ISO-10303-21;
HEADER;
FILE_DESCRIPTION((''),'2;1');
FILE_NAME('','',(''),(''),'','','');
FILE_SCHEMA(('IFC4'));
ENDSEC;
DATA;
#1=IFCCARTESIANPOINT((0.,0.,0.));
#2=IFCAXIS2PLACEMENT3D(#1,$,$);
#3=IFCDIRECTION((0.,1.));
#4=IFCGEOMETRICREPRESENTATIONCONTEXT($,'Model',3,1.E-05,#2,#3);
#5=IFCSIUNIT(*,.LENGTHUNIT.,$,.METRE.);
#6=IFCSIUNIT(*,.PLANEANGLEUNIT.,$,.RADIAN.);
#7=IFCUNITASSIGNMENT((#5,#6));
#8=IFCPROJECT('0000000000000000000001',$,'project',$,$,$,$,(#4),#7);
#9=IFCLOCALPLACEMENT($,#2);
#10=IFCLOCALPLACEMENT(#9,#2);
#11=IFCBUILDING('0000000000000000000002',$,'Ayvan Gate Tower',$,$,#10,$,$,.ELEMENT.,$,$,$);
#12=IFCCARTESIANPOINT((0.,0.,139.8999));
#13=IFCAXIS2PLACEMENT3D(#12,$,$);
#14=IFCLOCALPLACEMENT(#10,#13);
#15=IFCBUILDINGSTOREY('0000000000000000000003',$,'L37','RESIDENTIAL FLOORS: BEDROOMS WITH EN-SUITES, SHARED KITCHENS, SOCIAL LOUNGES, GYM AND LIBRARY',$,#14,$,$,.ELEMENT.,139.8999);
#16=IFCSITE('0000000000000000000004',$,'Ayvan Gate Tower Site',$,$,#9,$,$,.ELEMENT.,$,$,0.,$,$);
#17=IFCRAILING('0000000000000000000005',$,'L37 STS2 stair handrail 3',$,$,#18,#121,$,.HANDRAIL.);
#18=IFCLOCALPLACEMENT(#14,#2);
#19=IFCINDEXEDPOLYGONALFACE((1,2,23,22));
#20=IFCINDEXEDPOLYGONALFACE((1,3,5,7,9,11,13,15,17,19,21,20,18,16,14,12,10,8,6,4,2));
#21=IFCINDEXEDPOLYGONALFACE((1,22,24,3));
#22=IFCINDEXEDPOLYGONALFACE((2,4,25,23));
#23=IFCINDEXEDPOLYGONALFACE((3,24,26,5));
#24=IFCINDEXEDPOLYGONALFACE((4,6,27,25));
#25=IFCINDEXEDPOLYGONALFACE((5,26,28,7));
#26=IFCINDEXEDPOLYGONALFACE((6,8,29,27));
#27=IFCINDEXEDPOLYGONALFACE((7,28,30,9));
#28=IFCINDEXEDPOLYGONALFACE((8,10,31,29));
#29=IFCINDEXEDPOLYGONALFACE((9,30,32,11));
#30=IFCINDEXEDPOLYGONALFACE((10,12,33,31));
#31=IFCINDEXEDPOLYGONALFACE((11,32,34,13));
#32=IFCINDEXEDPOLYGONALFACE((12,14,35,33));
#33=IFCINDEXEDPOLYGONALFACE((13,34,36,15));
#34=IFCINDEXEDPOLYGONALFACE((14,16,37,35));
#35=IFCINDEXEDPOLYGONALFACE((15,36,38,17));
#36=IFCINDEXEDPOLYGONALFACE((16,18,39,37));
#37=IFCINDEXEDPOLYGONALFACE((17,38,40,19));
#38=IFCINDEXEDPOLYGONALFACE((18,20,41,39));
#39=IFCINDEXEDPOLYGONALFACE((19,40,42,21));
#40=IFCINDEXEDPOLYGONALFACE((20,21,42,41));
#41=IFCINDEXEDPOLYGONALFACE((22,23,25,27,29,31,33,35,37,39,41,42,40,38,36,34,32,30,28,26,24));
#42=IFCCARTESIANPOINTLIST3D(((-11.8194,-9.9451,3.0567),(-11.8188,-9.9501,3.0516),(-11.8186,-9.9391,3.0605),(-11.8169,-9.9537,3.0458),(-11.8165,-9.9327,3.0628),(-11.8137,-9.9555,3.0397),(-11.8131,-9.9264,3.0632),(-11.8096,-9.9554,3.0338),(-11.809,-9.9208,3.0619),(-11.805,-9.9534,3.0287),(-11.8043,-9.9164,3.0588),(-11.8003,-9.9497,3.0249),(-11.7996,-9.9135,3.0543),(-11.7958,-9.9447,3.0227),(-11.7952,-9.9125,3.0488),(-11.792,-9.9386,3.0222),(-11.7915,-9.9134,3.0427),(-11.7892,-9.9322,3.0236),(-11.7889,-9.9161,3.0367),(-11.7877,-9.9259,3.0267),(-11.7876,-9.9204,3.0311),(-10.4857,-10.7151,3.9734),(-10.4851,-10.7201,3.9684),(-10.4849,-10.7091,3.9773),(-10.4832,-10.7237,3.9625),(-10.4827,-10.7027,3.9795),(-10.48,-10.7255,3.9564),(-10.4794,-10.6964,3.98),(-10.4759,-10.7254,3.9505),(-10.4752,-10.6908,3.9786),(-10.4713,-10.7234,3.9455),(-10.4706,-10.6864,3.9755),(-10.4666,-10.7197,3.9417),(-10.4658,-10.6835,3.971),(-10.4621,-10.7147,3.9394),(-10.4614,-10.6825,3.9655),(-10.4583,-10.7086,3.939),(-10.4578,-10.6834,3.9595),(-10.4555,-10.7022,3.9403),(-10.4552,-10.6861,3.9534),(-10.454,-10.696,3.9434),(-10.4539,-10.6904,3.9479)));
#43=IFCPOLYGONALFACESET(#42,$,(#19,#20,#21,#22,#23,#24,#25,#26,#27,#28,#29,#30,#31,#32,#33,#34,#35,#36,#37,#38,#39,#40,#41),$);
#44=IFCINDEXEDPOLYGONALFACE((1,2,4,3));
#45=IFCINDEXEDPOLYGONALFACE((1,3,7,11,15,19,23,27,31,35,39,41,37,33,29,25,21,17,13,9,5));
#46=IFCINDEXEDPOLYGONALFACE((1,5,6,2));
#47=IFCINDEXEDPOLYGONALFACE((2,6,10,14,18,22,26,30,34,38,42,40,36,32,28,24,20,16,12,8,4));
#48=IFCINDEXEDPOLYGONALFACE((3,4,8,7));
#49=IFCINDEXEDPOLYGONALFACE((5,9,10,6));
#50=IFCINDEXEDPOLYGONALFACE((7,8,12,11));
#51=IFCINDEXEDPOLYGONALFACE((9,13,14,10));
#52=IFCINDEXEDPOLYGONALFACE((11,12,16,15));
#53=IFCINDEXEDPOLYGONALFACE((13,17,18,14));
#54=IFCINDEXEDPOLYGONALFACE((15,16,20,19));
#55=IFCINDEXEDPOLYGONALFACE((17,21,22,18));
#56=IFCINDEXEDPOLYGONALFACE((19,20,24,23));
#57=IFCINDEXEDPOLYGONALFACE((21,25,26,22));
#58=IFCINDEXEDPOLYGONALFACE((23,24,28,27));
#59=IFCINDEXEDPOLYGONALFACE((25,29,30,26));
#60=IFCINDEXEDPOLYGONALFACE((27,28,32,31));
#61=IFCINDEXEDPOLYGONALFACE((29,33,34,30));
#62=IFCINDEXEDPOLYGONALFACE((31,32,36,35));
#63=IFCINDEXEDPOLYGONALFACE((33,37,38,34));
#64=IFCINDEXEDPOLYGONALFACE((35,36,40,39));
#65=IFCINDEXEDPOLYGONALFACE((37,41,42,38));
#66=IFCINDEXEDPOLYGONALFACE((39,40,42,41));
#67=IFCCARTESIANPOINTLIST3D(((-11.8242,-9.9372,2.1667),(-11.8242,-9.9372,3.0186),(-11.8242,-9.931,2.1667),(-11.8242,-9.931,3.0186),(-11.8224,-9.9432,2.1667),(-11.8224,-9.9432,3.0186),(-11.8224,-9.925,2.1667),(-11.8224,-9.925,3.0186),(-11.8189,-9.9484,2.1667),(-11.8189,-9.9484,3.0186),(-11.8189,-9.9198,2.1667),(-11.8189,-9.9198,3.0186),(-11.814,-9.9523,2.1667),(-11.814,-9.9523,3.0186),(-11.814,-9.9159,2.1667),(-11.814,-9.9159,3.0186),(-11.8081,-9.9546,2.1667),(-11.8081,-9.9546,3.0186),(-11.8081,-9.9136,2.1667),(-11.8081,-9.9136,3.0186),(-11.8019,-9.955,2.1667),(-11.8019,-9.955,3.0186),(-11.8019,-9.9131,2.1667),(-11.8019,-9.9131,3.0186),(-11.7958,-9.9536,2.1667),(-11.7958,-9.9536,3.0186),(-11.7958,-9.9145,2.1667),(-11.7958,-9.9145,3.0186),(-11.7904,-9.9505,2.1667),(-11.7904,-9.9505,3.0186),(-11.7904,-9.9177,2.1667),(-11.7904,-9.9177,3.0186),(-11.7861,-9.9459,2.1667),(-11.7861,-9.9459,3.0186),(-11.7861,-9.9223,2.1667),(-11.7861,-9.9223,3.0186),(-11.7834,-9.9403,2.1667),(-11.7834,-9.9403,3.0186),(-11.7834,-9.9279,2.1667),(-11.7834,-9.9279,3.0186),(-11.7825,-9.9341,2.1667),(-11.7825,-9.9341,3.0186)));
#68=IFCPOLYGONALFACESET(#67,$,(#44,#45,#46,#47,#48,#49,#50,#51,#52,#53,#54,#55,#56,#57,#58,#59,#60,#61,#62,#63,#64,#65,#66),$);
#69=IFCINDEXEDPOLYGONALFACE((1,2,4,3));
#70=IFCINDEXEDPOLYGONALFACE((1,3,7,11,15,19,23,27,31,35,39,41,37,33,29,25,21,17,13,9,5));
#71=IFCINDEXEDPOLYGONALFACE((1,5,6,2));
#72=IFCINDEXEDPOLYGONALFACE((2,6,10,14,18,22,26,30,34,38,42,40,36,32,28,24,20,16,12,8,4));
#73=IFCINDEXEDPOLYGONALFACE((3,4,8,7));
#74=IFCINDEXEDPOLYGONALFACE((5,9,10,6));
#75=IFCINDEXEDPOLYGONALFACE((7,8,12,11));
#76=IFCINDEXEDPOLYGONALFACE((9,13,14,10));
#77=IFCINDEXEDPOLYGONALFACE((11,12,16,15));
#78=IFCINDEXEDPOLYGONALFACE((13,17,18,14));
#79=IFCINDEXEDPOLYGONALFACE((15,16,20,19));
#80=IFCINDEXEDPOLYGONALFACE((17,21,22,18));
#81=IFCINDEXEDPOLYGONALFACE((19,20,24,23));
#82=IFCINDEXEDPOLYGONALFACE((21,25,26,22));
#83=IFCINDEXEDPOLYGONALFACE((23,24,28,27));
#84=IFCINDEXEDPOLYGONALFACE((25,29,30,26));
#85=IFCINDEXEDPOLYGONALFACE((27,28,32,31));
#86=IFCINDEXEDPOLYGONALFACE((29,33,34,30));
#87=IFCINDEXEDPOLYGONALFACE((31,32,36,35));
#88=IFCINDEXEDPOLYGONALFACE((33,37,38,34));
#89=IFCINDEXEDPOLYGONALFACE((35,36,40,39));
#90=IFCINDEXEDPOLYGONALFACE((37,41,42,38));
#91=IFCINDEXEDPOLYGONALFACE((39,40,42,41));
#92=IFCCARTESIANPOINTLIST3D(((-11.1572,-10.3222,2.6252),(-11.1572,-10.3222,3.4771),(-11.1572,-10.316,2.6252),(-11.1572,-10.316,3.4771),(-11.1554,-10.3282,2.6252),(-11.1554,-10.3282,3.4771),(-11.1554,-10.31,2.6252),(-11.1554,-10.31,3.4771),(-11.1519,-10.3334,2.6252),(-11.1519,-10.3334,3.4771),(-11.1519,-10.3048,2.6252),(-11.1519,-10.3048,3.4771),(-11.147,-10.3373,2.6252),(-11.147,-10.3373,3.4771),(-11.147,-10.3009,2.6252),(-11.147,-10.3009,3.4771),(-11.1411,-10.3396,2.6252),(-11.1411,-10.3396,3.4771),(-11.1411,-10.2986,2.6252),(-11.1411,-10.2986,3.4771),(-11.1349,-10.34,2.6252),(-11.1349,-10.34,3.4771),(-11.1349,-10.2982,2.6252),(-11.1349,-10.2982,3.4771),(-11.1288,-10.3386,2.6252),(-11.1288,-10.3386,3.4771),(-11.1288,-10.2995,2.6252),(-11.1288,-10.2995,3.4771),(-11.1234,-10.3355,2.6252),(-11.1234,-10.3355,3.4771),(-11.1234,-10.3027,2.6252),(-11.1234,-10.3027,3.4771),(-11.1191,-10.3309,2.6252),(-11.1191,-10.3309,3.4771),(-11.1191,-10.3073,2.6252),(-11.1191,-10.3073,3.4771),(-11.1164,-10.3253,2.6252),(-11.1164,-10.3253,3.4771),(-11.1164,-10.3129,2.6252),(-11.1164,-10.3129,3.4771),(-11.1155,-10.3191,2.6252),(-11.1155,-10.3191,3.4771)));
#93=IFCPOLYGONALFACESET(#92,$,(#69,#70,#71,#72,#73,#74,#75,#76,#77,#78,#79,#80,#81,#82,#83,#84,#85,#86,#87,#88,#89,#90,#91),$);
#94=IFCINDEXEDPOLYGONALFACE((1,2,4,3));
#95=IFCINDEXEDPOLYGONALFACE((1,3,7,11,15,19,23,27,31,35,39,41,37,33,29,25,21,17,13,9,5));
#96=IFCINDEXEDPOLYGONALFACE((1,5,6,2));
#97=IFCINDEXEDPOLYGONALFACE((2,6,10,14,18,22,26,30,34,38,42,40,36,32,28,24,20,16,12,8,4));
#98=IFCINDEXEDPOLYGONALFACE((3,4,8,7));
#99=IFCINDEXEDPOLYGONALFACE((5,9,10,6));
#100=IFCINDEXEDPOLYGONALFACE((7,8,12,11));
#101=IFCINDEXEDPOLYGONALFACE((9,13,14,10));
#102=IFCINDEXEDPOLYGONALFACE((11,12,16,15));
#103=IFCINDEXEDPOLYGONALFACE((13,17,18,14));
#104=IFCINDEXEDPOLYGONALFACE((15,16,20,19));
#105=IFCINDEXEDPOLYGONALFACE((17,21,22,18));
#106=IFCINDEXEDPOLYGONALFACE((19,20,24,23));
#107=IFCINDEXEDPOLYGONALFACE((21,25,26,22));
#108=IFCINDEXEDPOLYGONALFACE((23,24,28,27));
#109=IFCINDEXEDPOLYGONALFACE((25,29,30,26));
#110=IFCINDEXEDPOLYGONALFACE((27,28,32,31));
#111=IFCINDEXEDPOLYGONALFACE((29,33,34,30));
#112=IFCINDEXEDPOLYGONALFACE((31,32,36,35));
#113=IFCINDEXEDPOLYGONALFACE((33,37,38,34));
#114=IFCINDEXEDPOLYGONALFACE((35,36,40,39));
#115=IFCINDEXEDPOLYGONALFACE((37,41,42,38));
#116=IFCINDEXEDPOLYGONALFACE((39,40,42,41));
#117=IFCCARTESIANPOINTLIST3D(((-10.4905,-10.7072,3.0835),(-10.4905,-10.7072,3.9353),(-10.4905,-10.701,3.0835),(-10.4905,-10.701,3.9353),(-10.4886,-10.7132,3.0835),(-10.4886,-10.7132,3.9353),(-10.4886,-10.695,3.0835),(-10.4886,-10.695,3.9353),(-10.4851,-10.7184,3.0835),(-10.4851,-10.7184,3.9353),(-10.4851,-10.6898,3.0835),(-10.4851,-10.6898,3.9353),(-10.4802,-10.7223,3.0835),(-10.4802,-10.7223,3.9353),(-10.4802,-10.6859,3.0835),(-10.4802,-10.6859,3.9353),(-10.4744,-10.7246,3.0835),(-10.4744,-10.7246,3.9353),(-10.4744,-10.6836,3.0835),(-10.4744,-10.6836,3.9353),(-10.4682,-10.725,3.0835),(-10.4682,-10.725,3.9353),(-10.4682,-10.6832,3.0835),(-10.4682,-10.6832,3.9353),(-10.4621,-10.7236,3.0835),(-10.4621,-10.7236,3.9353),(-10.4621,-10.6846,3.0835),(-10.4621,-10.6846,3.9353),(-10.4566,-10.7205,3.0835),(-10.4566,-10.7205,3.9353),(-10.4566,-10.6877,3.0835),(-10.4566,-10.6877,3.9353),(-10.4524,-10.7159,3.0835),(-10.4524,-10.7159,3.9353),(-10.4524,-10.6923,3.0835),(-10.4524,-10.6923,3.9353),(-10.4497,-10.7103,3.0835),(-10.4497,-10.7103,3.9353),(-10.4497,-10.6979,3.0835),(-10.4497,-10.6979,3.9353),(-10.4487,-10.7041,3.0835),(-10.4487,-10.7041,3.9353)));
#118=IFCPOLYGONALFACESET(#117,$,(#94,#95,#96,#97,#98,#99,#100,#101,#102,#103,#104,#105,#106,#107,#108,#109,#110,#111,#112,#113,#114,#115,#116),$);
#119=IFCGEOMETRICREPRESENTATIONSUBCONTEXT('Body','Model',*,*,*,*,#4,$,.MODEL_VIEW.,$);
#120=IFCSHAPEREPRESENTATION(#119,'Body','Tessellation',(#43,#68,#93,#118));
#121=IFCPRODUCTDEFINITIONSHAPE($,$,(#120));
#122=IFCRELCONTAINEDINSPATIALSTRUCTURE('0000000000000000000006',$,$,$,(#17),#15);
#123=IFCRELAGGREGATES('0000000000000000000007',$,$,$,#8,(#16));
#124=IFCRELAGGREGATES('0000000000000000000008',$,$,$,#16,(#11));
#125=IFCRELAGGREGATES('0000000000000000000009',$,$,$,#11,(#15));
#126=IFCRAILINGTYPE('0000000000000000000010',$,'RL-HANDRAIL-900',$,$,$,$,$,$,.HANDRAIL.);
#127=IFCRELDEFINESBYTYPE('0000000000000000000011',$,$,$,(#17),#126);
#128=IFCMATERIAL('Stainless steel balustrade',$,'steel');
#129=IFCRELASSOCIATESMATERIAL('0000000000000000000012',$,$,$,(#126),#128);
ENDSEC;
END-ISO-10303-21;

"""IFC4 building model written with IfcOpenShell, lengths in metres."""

from ifc_helpers import new_model, si_unit, direction, frame, origin, origin_2d, place, context, subcontext, project, spatial, circle, extrude, material, type_object, element, save


model = new_model("IFC4")

# Units and contexts
model_context = context("Model", 3, precision=1e-05, world=origin(), true_north=direction((0.0, 1.0)))
body_context = subcontext(model_context, "Body", "Model", "MODEL_VIEW")
ifc_project = project(units=[si_unit("LENGTHUNIT", "METRE"), si_unit("PLANEANGLEUNIT", "RADIAN")], contexts=[model_context])

# Site, building, storey
site_placement = place(None, origin())
site = spatial("IfcSite", under=ifc_project, at=site_placement, Name="Ayvan Gate Tower Site", CompositionType="ELEMENT", RefElevation=0.0)
building_placement = place(site_placement, origin())
building = spatial("IfcBuilding", under=site, at=building_placement, Name="Ayvan Gate Tower", CompositionType="ELEMENT")
storey_placement = place(building_placement, frame((0.0, 0.0, 139.8999)))
storey = spatial("IfcBuildingStorey", under=building, at=storey_placement, Name="L37", Description="RESIDENTIAL FLOORS: BEDROOMS WITH EN-SUITES, SHARED KITCHENS, SOCIAL LOUNGES, GYM AND LIBRARY", CompositionType="ELEMENT", Elevation=139.8999)

# Railing
ifc_material_1 = material(Name="Stainless steel balustrade", Category="steel")
railing_type_1 = type_object("IfcRailingType", Name="RL-HANDRAIL-900", PredefinedType="HANDRAIL", material=ifc_material_1)
railing_1_placement = place(storey_placement, frame((-11.8035, -9.9341, 2.1667)))
element("IfcRailing", 1, at=railing_1_placement, inside=storey, type_object=railing_type_1, Name="L37 STS2 stair handrail 3", PredefinedType="HANDRAIL", context=body_context, shape_type="SweptSolid", body=[
    extrude(circle(Radius=0.0239, at=origin_2d()), frame((0.0, 0.0, 0.876), z_axis=(0.744164, -0.429634, 0.511502), x_axis=(0.499992, 0.86603, 0.0)), (0.0, 0.0, 1.0), 1.7922),
    extrude(circle(Radius=0.021, at=origin_2d()), origin(), (0.0, 0.0, 1.0), 0.8518),
    extrude(circle(Radius=0.021, at=origin_2d()), frame((0.667, -0.385, 0.4585)), (0.0, 0.0, 1.0), 0.8518),
    extrude(circle(Radius=0.021, at=origin_2d()), frame((1.3337, -0.77, 0.9167)), (0.0, 0.0, 1.0), 0.8518),
])

save(model, "model.ifc")
